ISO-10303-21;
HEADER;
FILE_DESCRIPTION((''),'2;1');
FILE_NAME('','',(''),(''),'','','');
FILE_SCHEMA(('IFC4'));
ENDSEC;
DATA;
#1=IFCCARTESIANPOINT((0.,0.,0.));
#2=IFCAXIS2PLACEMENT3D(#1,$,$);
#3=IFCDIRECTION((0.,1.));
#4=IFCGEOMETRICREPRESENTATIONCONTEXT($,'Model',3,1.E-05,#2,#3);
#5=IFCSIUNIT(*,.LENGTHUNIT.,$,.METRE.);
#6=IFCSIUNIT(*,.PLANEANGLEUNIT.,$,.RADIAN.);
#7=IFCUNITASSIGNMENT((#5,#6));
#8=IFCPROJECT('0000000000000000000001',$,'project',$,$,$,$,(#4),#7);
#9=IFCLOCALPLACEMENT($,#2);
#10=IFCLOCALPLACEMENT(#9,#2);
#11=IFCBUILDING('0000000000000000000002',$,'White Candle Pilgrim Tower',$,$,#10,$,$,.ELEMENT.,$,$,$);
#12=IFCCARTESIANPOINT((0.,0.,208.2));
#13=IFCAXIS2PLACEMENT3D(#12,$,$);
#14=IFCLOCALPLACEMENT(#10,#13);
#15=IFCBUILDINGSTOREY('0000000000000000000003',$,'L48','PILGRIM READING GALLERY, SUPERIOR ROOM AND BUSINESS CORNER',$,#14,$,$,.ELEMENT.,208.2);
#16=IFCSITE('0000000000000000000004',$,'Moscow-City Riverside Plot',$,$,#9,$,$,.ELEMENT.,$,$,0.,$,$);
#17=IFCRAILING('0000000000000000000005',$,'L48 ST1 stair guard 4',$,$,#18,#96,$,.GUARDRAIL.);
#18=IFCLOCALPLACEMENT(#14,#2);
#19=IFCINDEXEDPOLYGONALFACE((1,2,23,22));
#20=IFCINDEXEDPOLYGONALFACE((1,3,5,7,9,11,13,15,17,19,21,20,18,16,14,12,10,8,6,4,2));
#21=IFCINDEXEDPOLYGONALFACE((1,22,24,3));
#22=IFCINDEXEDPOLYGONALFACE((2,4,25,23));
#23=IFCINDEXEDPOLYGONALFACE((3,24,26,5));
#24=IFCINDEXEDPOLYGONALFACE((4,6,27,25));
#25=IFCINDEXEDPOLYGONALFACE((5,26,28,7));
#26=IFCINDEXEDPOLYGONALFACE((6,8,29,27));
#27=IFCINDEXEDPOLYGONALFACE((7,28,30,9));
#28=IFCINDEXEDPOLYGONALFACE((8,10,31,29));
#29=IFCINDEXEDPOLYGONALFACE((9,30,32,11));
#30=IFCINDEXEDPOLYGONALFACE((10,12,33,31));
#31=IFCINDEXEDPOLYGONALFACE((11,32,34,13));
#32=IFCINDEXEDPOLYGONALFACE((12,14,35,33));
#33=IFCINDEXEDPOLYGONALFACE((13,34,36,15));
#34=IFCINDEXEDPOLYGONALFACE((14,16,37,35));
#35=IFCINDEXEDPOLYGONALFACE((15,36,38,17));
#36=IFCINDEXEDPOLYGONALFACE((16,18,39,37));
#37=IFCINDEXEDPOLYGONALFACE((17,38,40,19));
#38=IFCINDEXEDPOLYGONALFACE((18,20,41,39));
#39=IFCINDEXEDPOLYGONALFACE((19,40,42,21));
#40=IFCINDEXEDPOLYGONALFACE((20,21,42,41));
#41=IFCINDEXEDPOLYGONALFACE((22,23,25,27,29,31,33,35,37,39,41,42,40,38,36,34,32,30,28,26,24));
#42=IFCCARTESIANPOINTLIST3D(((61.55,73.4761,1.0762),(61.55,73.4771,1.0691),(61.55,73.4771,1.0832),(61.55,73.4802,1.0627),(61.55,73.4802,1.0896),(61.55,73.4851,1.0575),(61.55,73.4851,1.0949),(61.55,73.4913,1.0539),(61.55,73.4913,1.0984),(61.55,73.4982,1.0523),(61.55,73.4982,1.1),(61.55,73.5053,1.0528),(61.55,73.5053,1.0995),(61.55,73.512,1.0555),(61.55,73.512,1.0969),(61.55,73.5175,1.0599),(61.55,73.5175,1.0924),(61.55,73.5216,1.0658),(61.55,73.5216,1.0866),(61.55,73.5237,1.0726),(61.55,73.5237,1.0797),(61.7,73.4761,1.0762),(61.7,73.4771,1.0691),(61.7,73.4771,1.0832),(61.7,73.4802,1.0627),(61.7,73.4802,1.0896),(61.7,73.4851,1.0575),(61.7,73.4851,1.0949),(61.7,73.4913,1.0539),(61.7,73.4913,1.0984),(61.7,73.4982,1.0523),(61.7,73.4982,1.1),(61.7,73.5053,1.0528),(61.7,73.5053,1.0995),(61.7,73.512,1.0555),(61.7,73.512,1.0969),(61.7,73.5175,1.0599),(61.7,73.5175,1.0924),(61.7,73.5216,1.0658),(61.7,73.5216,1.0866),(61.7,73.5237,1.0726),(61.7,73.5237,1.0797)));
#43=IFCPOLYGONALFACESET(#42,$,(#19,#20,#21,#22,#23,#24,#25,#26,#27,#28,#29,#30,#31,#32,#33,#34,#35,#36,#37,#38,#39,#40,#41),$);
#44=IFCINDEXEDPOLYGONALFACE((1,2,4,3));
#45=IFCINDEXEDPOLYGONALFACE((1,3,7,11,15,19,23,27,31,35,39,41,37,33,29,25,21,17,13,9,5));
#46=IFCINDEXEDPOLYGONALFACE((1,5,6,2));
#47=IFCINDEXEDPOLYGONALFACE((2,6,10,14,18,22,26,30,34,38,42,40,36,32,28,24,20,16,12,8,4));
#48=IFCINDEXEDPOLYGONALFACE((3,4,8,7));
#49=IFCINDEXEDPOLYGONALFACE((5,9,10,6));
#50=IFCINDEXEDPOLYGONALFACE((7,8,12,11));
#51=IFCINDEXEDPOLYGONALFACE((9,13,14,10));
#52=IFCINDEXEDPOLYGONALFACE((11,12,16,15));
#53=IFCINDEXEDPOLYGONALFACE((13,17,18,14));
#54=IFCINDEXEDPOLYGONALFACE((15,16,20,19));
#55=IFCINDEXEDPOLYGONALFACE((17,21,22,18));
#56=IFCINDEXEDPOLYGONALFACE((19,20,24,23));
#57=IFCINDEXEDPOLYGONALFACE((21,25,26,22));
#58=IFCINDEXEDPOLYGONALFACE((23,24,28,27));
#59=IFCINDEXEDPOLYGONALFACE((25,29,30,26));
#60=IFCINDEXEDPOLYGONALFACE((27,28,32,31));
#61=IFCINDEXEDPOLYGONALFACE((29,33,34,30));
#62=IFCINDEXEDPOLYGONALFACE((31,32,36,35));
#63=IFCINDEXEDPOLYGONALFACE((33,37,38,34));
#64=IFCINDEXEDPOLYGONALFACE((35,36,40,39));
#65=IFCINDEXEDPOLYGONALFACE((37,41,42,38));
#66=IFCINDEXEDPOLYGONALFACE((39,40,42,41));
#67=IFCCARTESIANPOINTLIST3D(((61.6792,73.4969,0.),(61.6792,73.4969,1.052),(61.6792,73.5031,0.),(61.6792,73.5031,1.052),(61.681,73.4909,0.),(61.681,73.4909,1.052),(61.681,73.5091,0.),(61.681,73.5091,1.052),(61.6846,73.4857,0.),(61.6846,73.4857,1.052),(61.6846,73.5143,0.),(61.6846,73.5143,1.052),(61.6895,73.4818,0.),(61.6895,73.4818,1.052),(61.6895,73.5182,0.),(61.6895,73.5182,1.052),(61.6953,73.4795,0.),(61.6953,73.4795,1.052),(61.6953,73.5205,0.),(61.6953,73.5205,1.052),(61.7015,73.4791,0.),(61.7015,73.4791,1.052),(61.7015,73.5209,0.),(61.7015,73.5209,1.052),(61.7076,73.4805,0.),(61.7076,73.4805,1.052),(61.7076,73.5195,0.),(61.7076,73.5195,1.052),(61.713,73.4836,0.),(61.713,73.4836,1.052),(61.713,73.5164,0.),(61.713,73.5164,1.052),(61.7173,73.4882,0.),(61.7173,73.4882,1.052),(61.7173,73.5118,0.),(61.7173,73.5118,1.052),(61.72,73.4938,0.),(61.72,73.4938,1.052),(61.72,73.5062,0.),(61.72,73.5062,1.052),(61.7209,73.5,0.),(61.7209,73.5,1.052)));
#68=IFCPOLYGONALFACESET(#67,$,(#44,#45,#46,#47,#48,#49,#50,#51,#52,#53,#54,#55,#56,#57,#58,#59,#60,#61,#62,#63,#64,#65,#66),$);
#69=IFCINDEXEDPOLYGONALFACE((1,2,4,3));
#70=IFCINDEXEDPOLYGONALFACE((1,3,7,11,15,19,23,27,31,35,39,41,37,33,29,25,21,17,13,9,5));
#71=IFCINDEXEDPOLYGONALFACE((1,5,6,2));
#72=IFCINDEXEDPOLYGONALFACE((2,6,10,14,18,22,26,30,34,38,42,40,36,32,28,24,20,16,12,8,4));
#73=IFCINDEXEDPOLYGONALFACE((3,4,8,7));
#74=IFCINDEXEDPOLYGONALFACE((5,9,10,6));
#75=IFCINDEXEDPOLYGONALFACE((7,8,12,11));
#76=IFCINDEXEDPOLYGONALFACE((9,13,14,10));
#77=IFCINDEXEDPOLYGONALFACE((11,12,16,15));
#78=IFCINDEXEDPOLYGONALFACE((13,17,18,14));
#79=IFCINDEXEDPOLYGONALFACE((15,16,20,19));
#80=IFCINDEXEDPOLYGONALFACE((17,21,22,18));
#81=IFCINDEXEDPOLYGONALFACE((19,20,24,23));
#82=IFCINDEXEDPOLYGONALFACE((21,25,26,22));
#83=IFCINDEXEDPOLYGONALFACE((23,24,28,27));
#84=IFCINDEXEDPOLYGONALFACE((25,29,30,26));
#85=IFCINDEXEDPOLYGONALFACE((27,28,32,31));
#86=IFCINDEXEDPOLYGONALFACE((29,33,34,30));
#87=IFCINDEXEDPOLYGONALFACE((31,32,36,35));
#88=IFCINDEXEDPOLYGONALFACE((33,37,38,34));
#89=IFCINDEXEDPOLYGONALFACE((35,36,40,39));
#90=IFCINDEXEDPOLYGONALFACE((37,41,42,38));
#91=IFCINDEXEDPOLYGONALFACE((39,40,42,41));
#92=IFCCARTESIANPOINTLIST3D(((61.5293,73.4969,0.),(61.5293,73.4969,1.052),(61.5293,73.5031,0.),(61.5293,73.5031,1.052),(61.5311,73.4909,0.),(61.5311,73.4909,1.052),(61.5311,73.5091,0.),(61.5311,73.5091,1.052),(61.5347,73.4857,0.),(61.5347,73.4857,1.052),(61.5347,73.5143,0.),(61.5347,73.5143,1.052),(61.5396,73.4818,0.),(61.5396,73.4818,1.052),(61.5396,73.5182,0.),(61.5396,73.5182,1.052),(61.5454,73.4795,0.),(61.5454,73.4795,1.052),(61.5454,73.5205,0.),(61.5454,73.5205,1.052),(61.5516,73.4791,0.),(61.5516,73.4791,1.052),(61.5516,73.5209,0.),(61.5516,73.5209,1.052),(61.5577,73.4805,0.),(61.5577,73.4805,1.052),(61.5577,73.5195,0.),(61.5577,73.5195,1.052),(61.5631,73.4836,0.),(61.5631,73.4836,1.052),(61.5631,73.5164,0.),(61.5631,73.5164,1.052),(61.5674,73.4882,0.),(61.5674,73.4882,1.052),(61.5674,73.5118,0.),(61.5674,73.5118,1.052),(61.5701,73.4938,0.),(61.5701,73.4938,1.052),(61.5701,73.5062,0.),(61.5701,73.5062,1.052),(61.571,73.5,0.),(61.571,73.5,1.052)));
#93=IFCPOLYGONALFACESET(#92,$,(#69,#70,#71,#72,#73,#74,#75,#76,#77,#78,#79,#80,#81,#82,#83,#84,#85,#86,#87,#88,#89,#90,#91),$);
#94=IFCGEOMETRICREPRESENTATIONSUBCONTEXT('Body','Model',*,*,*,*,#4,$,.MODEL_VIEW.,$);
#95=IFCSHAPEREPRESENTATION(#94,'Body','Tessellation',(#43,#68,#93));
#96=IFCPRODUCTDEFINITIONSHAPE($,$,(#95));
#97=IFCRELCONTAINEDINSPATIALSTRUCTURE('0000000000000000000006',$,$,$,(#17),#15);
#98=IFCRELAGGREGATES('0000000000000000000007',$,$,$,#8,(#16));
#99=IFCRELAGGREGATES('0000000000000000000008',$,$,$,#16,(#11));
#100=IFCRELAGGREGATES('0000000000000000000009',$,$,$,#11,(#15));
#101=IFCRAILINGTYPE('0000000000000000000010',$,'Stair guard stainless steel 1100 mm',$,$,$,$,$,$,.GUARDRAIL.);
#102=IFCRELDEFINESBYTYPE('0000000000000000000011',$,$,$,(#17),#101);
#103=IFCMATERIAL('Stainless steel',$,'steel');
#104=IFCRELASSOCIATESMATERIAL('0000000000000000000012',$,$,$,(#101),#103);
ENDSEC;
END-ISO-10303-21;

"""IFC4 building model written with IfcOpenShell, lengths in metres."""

from ifc_helpers import new_model, si_unit, direction, frame, origin, origin_2d, place, context, subcontext, project, spatial, circle, extrude, material, type_object, element, save


model = new_model("IFC4")

# Units and contexts
model_context = context("Model", 3, precision=1e-05, world=origin(), true_north=direction((0.0, 1.0)))
body_context = subcontext(model_context, "Body", "Model", "MODEL_VIEW")
ifc_project = project(units=[si_unit("LENGTHUNIT", "METRE"), si_unit("PLANEANGLEUNIT", "RADIAN")], contexts=[model_context])

# Site, building, storey
site_placement = place(None, origin())
site = spatial("IfcSite", under=ifc_project, at=site_placement, Name="Moscow-City Riverside Plot", CompositionType="ELEMENT", RefElevation=0.0)
building_placement = place(site_placement, origin())
building = spatial("IfcBuilding", under=site, at=building_placement, Name="White Candle Pilgrim Tower", CompositionType="ELEMENT")
storey_placement = place(building_placement, frame((0.0, 0.0, 208.2)))
storey = spatial("IfcBuildingStorey", under=building, at=storey_placement, Name="L48", Description="PILGRIM READING GALLERY, SUPERIOR ROOM AND BUSINESS CORNER", CompositionType="ELEMENT", Elevation=208.2)

# Railing
ifc_material_1 = material(Name="Stainless steel", Category="steel")
railing_type_1 = type_object("IfcRailingType", Name="Stair guard stainless steel 1100 mm", PredefinedType="GUARDRAIL", material=ifc_material_1)
railing_1_placement = place(storey_placement, frame((61.7, 73.5, 0.0)))
element("IfcRailing", 1, at=railing_1_placement, inside=storey, type_object=railing_type_1, Name="L48 ST1 stair guard 4", PredefinedType="GUARDRAIL", context=body_context, shape_type="SweptSolid", body=[
    extrude(circle(Radius=0.0239, at=origin_2d()), frame((0.0, 0.0, 1.0762), z_axis=(-1.0, 0.0, 0.0), x_axis=(0.0, -1.0, 0.0)), (0.0, 0.0, 1.0), 0.1499),
    extrude(circle(Radius=0.021, at=origin_2d()), origin(), (0.0, 0.0, 1.0), 1.052),
    extrude(circle(Radius=0.021, at=origin_2d()), frame((-0.1499, 0.0, 0.0)), (0.0, 0.0, 1.0), 1.052),
])

save(model, "model.ifc")
